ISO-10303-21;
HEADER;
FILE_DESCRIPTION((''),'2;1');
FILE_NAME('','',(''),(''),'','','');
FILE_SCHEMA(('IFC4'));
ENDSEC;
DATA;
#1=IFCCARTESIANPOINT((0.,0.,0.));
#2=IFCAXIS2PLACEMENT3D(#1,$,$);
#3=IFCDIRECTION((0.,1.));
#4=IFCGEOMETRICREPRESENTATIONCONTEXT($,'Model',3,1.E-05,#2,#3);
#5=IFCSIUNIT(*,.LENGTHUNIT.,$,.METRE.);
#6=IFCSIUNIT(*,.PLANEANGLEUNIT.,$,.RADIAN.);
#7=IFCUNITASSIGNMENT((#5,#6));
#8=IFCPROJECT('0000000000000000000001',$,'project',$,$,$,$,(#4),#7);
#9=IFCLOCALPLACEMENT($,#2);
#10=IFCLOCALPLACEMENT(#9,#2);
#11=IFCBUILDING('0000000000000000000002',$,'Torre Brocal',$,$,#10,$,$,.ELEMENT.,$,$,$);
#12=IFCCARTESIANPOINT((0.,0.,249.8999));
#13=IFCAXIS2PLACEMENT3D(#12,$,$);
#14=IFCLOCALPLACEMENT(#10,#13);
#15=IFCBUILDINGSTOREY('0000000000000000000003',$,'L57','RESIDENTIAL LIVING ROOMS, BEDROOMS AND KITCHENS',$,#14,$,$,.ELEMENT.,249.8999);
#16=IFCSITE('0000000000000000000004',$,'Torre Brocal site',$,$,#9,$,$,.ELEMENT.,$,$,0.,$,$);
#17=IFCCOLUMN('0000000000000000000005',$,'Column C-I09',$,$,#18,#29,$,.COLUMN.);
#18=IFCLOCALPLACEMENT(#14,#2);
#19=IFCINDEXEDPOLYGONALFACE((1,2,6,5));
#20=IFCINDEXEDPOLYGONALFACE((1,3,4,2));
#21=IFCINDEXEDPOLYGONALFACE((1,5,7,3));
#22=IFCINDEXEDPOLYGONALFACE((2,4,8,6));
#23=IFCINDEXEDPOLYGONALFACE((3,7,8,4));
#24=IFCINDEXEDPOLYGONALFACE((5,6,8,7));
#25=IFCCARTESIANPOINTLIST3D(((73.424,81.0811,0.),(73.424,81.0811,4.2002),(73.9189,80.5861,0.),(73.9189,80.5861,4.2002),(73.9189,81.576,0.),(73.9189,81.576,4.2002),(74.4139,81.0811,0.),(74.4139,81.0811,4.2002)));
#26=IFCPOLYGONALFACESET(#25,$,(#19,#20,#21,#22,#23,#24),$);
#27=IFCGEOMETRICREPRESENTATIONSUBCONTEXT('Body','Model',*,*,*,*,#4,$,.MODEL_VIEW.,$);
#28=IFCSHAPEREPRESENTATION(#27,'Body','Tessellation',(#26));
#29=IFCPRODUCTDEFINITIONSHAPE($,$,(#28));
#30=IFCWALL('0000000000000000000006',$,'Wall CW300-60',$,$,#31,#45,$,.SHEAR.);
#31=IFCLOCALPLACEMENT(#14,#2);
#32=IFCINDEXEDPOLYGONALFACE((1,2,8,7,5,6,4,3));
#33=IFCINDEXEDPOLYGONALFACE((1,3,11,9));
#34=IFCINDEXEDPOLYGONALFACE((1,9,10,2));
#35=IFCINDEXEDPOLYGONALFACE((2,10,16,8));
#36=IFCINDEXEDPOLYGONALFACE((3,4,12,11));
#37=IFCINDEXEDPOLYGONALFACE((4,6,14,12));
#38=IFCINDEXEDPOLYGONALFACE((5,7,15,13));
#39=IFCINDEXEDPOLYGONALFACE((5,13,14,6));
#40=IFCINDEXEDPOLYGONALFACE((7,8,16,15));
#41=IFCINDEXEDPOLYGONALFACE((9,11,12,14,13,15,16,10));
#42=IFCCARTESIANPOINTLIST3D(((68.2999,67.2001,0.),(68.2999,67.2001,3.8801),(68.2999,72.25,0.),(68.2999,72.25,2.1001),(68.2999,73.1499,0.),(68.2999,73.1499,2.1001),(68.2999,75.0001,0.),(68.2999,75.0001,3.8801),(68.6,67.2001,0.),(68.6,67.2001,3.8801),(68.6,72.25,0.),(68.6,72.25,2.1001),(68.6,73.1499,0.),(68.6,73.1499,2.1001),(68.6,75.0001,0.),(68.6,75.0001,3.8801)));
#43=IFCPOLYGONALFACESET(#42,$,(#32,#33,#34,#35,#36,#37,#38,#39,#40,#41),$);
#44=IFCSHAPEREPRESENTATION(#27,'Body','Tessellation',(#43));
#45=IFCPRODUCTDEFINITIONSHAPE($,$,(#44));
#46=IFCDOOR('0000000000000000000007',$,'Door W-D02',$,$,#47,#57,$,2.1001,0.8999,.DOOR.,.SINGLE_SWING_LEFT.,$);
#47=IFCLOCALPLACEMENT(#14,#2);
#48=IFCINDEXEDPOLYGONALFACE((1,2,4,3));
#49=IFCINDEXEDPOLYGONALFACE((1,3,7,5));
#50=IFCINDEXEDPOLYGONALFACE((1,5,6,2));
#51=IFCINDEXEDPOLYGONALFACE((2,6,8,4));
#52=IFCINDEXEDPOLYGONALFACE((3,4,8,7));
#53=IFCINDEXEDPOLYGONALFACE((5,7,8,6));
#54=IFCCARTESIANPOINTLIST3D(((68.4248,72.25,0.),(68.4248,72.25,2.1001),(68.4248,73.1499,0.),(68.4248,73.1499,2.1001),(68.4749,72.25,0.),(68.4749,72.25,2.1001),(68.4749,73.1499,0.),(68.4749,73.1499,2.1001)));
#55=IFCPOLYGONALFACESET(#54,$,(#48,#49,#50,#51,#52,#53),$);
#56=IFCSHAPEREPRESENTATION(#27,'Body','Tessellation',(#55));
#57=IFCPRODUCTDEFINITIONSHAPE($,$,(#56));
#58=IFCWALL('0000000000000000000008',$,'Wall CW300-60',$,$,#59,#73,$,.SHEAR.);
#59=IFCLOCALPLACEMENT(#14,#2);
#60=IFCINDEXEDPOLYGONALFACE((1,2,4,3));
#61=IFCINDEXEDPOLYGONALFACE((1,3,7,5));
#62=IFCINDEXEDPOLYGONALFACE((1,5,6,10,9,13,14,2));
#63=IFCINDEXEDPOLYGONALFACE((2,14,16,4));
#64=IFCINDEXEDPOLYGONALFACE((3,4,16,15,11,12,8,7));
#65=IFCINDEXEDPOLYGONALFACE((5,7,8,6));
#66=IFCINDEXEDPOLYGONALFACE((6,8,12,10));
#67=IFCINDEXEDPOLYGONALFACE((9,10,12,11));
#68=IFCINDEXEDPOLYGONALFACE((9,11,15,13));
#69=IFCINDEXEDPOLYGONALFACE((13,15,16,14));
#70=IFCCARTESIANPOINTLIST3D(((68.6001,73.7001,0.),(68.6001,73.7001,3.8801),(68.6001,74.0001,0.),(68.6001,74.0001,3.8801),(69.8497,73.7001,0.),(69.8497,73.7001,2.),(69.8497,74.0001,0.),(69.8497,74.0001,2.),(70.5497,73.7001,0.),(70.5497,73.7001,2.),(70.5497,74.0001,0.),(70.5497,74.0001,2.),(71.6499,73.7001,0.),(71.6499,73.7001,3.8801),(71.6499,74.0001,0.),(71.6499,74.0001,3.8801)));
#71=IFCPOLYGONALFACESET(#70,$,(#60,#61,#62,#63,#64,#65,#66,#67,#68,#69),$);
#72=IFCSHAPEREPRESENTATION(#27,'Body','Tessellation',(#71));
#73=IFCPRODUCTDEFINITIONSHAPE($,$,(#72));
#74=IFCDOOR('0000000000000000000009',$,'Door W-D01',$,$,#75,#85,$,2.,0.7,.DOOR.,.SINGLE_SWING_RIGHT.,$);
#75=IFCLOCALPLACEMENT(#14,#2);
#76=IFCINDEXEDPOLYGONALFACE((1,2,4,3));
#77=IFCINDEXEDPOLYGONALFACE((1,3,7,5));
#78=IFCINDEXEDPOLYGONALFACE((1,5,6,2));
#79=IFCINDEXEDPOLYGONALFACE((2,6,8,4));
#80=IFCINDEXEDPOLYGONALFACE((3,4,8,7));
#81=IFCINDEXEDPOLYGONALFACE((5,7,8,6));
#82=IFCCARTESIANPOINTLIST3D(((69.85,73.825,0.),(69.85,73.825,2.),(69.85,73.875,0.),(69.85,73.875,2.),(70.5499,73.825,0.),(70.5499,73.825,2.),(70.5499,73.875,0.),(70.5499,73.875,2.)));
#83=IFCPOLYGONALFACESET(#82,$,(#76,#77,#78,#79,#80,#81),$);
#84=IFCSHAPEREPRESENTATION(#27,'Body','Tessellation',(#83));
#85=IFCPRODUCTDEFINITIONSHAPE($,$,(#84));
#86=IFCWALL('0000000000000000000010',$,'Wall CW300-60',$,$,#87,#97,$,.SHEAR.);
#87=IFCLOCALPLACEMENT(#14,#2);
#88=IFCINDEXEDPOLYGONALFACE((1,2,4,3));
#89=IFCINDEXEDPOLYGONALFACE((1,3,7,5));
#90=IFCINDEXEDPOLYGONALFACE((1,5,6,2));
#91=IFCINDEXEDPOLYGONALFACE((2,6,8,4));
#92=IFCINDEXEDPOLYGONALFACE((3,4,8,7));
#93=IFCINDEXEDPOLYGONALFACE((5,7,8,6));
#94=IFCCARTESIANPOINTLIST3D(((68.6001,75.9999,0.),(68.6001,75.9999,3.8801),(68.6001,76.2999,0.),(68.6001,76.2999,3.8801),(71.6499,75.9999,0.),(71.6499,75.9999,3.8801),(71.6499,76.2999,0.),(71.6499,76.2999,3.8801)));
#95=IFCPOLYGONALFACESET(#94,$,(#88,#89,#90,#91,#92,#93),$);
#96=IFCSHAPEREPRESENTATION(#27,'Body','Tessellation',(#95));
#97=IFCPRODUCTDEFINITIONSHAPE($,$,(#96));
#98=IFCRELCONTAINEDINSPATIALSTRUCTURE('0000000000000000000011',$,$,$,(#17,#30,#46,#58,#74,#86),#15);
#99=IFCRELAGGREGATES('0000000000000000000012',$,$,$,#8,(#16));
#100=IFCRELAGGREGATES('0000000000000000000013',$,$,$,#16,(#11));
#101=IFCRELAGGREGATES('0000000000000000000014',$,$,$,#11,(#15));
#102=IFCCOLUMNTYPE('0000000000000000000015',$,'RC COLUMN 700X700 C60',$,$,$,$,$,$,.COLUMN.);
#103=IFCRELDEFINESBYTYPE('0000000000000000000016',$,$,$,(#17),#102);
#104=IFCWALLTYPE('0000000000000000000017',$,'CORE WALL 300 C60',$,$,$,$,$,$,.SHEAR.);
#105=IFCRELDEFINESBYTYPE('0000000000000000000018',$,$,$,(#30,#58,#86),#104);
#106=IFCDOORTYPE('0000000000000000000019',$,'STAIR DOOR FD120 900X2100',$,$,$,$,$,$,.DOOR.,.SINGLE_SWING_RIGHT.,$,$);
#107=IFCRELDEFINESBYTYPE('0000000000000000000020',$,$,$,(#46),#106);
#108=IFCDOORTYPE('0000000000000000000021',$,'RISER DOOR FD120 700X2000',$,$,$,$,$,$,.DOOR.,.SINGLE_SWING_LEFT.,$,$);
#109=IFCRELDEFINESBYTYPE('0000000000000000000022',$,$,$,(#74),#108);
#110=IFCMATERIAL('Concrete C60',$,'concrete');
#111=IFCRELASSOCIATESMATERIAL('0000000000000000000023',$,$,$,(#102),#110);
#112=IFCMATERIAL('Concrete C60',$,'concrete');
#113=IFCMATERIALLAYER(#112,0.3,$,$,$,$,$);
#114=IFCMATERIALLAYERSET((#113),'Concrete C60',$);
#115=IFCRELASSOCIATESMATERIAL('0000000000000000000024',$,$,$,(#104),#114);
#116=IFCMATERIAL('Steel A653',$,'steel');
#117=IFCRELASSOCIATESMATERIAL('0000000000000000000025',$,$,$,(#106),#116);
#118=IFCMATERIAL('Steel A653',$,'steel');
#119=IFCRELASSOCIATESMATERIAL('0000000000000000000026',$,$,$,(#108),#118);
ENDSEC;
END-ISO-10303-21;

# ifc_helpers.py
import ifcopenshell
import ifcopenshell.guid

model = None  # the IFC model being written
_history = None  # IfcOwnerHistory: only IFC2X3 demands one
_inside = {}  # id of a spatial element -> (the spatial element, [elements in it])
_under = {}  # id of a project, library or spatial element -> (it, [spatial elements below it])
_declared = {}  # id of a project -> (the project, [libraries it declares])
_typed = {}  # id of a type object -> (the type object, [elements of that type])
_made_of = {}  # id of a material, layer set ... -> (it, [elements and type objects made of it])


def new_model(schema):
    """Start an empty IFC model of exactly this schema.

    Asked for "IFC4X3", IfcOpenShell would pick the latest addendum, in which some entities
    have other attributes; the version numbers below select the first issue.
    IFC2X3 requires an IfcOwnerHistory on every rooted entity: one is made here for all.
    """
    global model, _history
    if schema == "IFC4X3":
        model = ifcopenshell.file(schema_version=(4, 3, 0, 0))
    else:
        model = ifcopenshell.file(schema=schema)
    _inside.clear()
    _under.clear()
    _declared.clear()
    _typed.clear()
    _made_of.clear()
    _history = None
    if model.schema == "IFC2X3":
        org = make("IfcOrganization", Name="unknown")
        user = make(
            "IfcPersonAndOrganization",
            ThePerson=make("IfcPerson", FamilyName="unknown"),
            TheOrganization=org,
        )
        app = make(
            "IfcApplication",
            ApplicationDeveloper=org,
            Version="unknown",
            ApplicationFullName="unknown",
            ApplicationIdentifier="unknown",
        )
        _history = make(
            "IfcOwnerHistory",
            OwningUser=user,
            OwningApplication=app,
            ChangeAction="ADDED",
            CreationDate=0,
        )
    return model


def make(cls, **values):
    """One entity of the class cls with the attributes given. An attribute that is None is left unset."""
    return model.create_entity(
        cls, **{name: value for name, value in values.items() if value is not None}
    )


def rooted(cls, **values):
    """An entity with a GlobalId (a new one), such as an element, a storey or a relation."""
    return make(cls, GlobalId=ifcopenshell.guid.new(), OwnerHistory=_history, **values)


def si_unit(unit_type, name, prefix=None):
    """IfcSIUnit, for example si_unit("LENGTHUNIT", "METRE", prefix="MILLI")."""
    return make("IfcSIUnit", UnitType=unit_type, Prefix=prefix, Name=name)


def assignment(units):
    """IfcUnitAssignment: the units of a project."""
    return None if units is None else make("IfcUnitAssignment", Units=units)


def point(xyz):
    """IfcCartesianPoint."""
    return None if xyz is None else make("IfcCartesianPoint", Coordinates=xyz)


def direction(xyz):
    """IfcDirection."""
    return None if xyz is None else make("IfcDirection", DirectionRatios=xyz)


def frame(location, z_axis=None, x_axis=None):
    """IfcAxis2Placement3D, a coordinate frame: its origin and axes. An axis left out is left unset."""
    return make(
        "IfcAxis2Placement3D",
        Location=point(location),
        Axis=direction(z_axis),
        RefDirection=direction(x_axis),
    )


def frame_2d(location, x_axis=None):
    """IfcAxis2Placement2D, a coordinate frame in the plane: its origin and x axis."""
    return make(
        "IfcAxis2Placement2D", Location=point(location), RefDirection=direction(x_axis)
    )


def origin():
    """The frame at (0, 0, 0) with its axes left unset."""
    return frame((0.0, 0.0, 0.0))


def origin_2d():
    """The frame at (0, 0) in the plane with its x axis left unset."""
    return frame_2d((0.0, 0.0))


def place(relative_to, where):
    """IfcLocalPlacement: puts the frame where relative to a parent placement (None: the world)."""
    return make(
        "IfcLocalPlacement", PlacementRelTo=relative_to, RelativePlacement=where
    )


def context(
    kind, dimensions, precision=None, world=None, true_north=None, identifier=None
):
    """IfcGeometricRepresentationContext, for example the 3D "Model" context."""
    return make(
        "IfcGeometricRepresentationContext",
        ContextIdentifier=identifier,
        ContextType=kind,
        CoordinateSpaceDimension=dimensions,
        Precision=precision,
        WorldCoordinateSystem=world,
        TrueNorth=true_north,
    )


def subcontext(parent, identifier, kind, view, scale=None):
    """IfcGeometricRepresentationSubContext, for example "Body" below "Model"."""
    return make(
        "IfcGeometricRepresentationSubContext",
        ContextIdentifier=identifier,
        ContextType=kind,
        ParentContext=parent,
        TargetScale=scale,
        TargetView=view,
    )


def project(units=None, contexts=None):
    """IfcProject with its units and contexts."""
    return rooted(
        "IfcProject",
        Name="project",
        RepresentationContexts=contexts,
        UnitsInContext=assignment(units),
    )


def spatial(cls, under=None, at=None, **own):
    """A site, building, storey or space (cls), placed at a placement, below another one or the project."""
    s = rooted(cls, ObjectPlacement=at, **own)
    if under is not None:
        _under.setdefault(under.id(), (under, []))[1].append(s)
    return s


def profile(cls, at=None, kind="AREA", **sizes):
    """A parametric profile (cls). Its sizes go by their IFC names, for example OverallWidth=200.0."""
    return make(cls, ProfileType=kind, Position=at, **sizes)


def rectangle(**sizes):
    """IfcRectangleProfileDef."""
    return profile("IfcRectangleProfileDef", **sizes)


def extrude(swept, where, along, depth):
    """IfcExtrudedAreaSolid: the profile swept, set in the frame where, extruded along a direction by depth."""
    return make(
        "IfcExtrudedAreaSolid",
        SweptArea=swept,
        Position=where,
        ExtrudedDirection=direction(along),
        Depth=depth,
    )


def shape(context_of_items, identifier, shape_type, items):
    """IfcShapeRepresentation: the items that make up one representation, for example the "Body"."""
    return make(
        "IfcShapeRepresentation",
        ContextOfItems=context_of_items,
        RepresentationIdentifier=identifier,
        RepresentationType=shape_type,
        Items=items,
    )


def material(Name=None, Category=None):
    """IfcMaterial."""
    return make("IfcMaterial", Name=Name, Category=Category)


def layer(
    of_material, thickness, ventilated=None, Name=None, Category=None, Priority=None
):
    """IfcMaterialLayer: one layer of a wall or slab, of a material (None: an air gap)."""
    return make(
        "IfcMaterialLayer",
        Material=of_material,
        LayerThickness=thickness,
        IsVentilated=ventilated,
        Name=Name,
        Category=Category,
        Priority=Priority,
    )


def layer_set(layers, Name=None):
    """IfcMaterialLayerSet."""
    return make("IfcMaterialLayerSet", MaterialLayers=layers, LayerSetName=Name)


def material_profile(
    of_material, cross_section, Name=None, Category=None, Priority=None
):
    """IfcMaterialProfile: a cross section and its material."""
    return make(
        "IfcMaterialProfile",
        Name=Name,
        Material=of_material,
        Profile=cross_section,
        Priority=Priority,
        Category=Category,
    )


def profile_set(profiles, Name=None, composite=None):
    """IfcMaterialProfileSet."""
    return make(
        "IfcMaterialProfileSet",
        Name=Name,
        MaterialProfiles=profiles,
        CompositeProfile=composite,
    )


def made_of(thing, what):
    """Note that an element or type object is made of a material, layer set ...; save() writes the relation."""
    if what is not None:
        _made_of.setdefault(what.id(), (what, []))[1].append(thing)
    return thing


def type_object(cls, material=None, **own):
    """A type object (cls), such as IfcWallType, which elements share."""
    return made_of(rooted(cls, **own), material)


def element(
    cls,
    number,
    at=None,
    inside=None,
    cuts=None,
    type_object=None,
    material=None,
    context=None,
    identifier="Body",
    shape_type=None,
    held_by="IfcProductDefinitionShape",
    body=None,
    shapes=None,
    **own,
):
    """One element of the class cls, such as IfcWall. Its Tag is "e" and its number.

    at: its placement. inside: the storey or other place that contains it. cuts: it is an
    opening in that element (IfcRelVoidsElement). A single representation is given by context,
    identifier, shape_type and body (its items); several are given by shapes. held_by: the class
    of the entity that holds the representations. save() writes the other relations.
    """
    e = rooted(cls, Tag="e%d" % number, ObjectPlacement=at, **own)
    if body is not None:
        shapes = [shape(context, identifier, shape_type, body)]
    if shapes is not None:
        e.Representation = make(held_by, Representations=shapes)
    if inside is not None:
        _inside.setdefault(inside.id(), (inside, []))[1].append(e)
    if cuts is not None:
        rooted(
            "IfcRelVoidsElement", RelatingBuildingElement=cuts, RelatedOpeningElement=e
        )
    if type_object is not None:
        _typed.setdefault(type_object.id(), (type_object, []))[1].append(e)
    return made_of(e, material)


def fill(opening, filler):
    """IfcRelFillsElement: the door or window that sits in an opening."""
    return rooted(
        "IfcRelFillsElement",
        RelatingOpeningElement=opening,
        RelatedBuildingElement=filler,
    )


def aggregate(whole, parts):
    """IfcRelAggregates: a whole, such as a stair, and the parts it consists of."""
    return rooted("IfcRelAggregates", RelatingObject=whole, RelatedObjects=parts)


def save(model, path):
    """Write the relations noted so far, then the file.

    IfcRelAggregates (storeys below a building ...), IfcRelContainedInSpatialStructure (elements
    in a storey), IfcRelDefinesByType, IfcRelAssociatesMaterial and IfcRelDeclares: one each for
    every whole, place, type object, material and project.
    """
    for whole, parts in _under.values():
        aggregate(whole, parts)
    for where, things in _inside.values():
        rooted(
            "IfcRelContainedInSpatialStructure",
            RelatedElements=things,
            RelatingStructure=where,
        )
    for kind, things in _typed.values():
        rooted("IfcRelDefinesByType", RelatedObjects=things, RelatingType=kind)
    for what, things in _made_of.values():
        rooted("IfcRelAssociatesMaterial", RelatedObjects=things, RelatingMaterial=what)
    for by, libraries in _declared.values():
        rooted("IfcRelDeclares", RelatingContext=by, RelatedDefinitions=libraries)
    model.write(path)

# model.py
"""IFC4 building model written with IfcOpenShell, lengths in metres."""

from ifc_helpers import new_model, si_unit, direction, frame, frame_2d, origin, origin_2d, place, context, subcontext, project, spatial, rectangle, extrude, material, layer, layer_set, material_profile, profile_set, type_object, element, fill, save


model = new_model("IFC4")

# Units and contexts
model_context = context("Model", 3, precision=1e-05, world=origin(), true_north=direction((0.0, 1.0)))
body_context = subcontext(model_context, "Body", "Model", "MODEL_VIEW")
ifc_project = project(units=[si_unit("LENGTHUNIT", "METRE"), si_unit("PLANEANGLEUNIT", "RADIAN")], contexts=[model_context])

# Site, building, storey
site_placement = place(None, origin())
site = spatial("IfcSite", under=ifc_project, at=site_placement, Name="Torre Brocal site", CompositionType="ELEMENT", RefElevation=0.0)
building_placement = place(site_placement, origin())
building = spatial("IfcBuilding", under=site, at=building_placement, Name="Torre Brocal", CompositionType="ELEMENT")
storey_placement = place(building_placement, frame((0.0, 0.0, 249.8999)))
storey = spatial("IfcBuildingStorey", under=building, at=storey_placement, Name="L57", Description="RESIDENTIAL LIVING ROOMS, BEDROOMS AND KITCHENS", CompositionType="ELEMENT", Elevation=249.8999)

# Column
ifc_material_1 = material(Name="Concrete C60", Category="concrete")
ifc_material_profile = material_profile(ifc_material_1, rectangle(XDim=0.7, YDim=0.7, at=origin_2d()), Name="RC 700X700")
ifc_profile_set = profile_set([ifc_material_profile], Name="Concrete C60")
column_type = type_object("IfcColumnType", Name="RC COLUMN 700X700 C60", PredefinedType="COLUMN", material=ifc_profile_set)
column_placement = place(storey_placement, frame((73.9189, 81.0811, 0.0), z_axis=(0.0, 0.0, 1.0), x_axis=(-0.707107, 0.707107, 0.0)))
element("IfcColumn", 1, at=column_placement, inside=storey, type_object=column_type, Name="Column C-I09", PredefinedType="COLUMN", context=body_context, shape_type="SweptSolid", body=[
    extrude(rectangle(XDim=0.7, YDim=0.7, at=origin_2d()), origin(), (0.0, 0.0, 1.0), 4.2002),
])

# Walls, openings, doors
ifc_material_2 = material(Name="Concrete C60", Category="concrete")
ifc_layer_1 = layer(ifc_material_2, 0.3)
ifc_layer_set_1 = layer_set([ifc_layer_1], Name="Concrete C60")
wall_type_1 = type_object("IfcWallType", Name="CORE WALL 300 C60", PredefinedType="SHEAR", material=ifc_layer_set_1)
wall_1_placement = place(storey_placement, frame((68.45, 75.0, 0.0), z_axis=(0.0, 0.0, 1.0), x_axis=(0.0, -1.0, 0.0)))
wall_1 = element("IfcWall", 2, at=wall_1_placement, inside=storey, type_object=wall_type_1, Name="Wall CW300-60", PredefinedType="SHEAR", context=body_context, shape_type="SweptSolid", body=[
    extrude(rectangle(XDim=7.8, YDim=0.3, at=frame_2d((3.8999, 0.0))), origin(), (0.0, 0.0, 1.0), 3.8801),
])
opening_1_placement = place(wall_1_placement, frame((1.8501, 0.0, 0.0)))
opening_1 = element("IfcOpeningElement", 3, at=opening_1_placement, cuts=wall_1, PredefinedType="OPENING", context=body_context, shape_type="SweptSolid", body=[
    extrude(rectangle(XDim=0.8999, YDim=2.1001, at=frame_2d((0.45, 1.05))), frame((0.0, 0.1599, 0.0), z_axis=(0.0, -1.0, 0.0), x_axis=(1.0, 0.0, 0.0)), (0.0, 0.0, 1.0), 0.3201),
])
ifc_material_3 = material(Name="Steel A653", Category="steel")
door_type_1 = type_object("IfcDoorType", Name="STAIR DOOR FD120 900X2100", OperationType="SINGLE_SWING_RIGHT", PredefinedType="DOOR", material=ifc_material_3)
door_1_placement = place(opening_1_placement, origin())
door_1 = element("IfcDoor", 4, at=door_1_placement, inside=storey, type_object=door_type_1, Name="Door W-D02", OperationType="SINGLE_SWING_LEFT", OverallHeight=2.1001, OverallWidth=0.8999, PredefinedType="DOOR", context=body_context, shape_type="SweptSolid", body=[
    extrude(rectangle(XDim=0.8999, YDim=2.1001, at=frame_2d((0.45, 1.05))), frame((0.0, 0.0249, 0.0), z_axis=(0.0, -1.0, 0.0), x_axis=(1.0, 0.0, 0.0)), (0.0, 0.0, 1.0), 0.05),
])
fill(opening_1, door_1)
wall_2_placement = place(storey_placement, frame((71.6499, 73.8501, 0.0), z_axis=(0.0, 0.0, 1.0), x_axis=(-1.0, 0.0, 0.0)))
wall_2 = element("IfcWall", 5, at=wall_2_placement, inside=storey, type_object=wall_type_1, Name="Wall CW300-60", PredefinedType="SHEAR", context=body_context, shape_type="SweptSolid", body=[
    extrude(rectangle(XDim=3.0498, YDim=0.3, at=frame_2d((1.5249, 0.0))), origin(), (0.0, 0.0, 1.0), 3.8801),
])
opening_2_placement = place(wall_2_placement, frame((1.1001, 0.0, 0.0)))
opening_2 = element("IfcOpeningElement", 6, at=opening_2_placement, cuts=wall_2, PredefinedType="OPENING", context=body_context, shape_type="SweptSolid", body=[
    extrude(rectangle(XDim=0.7, YDim=2.0, at=frame_2d((0.3501, 1.0))), frame((0.0, 0.1599, 0.0), z_axis=(0.0, -1.0, 0.0), x_axis=(1.0, 0.0, 0.0)), (0.0, 0.0, 1.0), 0.3201),
])
ifc_material_4 = material(Name="Steel A653", Category="steel")
door_type_2 = type_object("IfcDoorType", Name="RISER DOOR FD120 700X2000", OperationType="SINGLE_SWING_LEFT", PredefinedType="DOOR", material=ifc_material_4)
door_2_placement = place(opening_2_placement, frame((0.7, 0.0, 0.0), z_axis=(0.0, 0.0, 1.0), x_axis=(-1.0, 0.0, 0.0)))
door_2 = element("IfcDoor", 7, at=door_2_placement, inside=storey, type_object=door_type_2, Name="Door W-D01", OperationType="SINGLE_SWING_RIGHT", OverallHeight=2.0, OverallWidth=0.7, PredefinedType="DOOR", context=body_context, shape_type="SweptSolid", body=[
    extrude(rectangle(XDim=0.7, YDim=2.0, at=frame_2d((0.3501, 1.0))), frame((0.0, 0.0249, 0.0), z_axis=(0.0, -1.0, 0.0), x_axis=(1.0, 0.0, 0.0)), (0.0, 0.0, 1.0), 0.05),
])
fill(opening_2, door_2)

# Wall
wall_3_placement = place(storey_placement, frame((71.6499, 76.1499, 0.0), z_axis=(0.0, 0.0, 1.0), x_axis=(-1.0, 0.0, 0.0)))
element("IfcWall", 8, at=wall_3_placement, inside=storey, type_object=wall_type_1, Name="Wall CW300-60", PredefinedType="SHEAR", context=body_context, shape_type="SweptSolid", body=[
    extrude(rectangle(XDim=3.0498, YDim=0.3, at=frame_2d((1.5249, 0.0))), origin(), (0.0, 0.0, 1.0), 3.8801),
])

save(model, "model.ifc")
